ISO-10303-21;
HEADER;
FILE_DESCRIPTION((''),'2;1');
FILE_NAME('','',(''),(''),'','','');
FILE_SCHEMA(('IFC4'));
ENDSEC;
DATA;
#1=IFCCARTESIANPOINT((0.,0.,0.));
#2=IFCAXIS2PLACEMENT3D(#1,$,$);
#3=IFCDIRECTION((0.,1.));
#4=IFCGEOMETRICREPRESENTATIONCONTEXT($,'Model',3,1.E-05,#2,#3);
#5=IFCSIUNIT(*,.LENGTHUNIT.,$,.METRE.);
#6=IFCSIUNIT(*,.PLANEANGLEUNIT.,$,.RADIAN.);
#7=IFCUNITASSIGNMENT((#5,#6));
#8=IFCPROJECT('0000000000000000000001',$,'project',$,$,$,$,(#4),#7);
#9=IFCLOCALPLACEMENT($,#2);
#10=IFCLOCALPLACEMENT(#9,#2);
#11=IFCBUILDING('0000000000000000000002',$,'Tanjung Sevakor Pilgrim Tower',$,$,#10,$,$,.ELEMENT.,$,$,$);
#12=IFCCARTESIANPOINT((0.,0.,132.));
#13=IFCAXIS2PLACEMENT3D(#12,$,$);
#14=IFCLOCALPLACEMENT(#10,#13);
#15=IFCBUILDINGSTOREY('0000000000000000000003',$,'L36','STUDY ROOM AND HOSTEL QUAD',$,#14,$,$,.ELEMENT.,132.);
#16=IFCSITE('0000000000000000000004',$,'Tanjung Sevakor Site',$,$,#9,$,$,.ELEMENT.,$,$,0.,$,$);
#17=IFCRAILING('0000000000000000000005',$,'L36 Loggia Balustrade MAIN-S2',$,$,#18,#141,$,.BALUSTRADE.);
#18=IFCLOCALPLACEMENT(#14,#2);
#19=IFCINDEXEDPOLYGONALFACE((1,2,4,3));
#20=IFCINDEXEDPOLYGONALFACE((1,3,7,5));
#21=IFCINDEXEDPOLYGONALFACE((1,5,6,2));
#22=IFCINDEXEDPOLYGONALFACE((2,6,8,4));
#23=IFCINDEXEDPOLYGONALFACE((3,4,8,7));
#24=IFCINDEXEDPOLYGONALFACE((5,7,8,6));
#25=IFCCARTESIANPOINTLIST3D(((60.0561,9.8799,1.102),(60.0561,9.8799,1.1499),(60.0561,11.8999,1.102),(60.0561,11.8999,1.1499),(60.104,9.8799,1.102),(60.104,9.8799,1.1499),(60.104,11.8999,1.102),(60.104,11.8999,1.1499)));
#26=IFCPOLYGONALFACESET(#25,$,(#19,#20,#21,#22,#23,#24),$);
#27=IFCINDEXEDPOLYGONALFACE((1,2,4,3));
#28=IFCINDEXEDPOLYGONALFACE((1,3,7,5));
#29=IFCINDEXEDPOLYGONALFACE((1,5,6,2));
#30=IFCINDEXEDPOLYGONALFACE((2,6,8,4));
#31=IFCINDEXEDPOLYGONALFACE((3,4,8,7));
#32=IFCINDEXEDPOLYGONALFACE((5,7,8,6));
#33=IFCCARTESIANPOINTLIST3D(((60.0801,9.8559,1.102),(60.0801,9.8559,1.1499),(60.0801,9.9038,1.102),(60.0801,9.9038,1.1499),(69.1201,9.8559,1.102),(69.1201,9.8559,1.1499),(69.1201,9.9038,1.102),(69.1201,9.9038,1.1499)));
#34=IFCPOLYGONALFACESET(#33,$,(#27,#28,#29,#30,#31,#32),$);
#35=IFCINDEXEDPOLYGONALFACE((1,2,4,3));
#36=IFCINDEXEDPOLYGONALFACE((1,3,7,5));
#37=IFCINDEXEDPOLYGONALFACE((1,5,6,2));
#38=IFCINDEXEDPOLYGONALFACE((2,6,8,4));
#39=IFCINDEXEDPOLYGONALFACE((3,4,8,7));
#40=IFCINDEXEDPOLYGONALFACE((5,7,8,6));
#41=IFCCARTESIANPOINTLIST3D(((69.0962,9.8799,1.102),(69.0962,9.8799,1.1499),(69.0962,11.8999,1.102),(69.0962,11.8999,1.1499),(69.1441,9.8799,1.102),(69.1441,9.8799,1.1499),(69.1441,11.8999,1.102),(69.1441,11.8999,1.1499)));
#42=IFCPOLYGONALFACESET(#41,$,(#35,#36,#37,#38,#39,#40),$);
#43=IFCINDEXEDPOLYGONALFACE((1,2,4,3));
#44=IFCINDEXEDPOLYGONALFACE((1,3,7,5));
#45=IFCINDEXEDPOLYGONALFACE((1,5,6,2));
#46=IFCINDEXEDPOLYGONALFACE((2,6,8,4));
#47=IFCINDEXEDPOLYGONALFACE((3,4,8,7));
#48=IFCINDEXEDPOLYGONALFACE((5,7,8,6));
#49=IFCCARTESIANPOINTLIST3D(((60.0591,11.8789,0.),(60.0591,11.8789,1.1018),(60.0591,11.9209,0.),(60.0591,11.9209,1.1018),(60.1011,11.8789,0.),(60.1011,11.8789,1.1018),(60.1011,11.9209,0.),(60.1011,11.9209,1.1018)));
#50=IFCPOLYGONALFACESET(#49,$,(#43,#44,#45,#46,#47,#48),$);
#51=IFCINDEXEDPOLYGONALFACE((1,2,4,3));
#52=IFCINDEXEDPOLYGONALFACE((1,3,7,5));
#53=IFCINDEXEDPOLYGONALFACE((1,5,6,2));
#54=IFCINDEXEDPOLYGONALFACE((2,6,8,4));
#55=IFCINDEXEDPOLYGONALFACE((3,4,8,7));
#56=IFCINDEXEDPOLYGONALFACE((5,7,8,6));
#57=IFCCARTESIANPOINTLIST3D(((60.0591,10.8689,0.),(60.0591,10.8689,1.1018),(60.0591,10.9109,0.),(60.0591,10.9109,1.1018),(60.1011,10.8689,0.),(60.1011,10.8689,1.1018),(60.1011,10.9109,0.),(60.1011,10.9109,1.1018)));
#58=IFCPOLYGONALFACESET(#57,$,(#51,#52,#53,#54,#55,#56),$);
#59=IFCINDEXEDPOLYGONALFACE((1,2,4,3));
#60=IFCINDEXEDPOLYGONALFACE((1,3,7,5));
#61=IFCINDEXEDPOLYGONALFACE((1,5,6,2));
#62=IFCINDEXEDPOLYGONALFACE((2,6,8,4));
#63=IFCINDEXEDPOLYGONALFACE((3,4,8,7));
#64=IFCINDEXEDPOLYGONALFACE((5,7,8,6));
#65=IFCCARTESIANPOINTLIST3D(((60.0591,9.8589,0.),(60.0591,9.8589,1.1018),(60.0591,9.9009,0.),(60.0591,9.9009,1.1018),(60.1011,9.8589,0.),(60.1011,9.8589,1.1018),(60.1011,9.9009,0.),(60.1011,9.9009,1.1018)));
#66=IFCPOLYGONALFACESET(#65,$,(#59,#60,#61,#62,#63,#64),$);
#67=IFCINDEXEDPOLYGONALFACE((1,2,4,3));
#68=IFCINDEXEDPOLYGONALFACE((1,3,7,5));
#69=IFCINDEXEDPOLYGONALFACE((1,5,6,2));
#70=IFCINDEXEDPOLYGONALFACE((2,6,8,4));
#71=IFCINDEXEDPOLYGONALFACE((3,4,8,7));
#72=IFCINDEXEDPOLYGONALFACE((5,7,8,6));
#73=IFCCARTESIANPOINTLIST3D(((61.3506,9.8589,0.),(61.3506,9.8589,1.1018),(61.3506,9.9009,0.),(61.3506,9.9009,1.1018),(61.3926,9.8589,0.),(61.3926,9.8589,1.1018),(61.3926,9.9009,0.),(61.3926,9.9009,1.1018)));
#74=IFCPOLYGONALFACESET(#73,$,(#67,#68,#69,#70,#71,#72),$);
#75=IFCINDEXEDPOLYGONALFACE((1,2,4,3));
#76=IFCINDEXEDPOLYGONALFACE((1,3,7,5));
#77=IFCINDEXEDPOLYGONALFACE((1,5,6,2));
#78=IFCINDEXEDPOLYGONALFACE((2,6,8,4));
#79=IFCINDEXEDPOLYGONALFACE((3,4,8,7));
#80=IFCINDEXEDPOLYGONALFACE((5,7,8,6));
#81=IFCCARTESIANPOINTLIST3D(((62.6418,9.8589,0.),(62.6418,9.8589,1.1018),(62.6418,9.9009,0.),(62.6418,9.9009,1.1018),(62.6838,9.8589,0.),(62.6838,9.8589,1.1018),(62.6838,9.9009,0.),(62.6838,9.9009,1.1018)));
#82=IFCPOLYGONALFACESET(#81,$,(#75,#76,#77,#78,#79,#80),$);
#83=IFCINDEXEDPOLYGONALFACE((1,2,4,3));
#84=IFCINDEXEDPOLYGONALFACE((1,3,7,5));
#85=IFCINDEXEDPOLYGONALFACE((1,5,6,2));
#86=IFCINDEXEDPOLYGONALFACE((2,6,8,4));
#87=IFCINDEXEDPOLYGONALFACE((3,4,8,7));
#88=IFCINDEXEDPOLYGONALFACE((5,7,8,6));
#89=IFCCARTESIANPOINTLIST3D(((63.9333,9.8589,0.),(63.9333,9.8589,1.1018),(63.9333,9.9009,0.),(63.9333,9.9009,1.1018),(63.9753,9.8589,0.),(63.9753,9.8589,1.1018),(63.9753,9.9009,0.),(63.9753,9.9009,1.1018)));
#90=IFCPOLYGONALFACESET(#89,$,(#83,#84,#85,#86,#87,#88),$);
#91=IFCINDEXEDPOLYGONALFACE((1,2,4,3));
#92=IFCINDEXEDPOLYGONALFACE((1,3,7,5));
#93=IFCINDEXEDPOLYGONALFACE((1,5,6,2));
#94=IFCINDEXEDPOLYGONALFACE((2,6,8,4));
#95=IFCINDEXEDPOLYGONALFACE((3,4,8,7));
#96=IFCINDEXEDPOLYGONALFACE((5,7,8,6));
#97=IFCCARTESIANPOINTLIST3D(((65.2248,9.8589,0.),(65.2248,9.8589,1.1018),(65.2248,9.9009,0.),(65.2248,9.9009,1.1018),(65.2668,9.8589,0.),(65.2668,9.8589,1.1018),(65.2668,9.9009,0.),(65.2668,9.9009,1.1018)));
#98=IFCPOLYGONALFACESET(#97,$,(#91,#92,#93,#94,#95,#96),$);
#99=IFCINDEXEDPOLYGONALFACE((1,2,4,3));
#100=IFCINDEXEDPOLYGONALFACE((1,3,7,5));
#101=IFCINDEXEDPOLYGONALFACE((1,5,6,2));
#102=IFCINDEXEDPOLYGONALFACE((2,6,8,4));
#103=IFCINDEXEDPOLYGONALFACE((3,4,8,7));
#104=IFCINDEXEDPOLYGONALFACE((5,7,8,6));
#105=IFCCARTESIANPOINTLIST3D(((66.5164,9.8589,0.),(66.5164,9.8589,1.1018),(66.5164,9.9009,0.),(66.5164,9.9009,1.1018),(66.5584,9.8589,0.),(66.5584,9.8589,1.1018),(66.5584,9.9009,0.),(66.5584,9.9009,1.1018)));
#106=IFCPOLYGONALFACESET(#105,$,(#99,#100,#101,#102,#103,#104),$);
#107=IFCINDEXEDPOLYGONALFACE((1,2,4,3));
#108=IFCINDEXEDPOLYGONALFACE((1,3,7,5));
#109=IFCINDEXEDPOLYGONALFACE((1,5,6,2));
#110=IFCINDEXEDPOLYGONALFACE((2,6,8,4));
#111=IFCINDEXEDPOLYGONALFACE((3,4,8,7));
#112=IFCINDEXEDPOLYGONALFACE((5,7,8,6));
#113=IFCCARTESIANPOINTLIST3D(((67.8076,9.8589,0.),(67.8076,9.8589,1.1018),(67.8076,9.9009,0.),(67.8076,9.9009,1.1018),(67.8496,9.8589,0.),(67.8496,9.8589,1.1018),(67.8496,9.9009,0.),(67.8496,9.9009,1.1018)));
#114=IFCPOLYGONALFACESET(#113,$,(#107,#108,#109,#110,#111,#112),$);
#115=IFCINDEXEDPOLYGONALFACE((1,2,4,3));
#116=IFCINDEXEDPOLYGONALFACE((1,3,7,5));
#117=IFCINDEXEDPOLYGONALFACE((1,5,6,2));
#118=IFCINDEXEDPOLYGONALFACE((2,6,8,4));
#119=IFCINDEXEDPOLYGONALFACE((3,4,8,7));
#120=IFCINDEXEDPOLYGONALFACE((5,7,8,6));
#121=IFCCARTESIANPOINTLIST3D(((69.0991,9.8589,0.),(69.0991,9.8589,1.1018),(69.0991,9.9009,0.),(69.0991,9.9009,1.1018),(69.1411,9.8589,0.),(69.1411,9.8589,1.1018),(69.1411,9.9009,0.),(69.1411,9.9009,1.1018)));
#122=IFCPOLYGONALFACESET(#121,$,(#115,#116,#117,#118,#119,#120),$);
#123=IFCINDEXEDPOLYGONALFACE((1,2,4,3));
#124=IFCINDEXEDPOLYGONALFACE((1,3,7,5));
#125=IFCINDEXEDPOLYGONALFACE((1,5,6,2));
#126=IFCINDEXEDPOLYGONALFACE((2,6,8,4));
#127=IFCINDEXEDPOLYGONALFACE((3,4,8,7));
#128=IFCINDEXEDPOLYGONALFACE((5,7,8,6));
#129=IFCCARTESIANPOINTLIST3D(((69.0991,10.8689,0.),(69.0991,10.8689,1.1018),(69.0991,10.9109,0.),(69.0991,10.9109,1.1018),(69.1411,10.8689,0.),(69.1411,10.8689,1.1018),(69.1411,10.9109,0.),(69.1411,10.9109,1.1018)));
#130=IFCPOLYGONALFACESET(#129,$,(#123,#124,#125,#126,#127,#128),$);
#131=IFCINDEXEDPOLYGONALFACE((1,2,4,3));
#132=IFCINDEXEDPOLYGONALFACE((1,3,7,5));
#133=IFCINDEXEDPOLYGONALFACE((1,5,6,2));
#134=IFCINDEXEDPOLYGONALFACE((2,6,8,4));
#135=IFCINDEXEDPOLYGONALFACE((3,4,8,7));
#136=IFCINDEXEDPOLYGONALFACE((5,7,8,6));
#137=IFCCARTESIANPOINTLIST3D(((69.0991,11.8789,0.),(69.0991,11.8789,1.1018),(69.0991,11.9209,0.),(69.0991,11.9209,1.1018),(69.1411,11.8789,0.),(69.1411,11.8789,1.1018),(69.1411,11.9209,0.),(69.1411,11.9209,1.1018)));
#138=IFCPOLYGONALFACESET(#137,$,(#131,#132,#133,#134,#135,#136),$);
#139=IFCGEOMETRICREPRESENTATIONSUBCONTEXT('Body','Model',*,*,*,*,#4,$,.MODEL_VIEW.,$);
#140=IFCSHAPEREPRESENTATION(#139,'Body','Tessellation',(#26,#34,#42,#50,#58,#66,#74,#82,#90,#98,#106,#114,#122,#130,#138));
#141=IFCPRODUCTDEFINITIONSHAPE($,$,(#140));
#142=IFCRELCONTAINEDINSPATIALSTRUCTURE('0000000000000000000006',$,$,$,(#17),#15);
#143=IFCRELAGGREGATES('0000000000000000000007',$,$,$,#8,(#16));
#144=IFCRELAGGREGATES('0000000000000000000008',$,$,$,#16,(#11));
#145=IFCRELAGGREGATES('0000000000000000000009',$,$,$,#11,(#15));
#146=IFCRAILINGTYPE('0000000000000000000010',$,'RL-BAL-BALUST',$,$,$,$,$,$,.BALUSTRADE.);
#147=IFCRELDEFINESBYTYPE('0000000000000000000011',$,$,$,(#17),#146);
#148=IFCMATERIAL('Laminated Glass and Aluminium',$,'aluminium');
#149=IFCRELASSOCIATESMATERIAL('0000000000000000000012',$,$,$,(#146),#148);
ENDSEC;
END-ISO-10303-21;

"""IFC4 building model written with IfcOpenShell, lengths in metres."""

from ifc_helpers import new_model, si_unit, direction, frame, origin, place, context, subcontext, project, spatial, rectangle, extrude, material, type_object, element, save


model = new_model("IFC4")

# Units and contexts
model_context = context("Model", 3, precision=1e-05, world=origin(), true_north=direction((0.0, 1.0)))
body_context = subcontext(model_context, "Body", "Model", "MODEL_VIEW")
ifc_project = project(units=[si_unit("LENGTHUNIT", "METRE"), si_unit("PLANEANGLEUNIT", "RADIAN")], contexts=[model_context])

# Site, building, storey
site_placement = place(None, origin())
site = spatial("IfcSite", under=ifc_project, at=site_placement, Name="Tanjung Sevakor Site", CompositionType="ELEMENT", RefElevation=0.0)
building_placement = place(site_placement, origin())
building = spatial("IfcBuilding", under=site, at=building_placement, Name="Tanjung Sevakor Pilgrim Tower", CompositionType="ELEMENT")
storey_placement = place(building_placement, frame((0.0, 0.0, 132.0)))
storey = spatial("IfcBuildingStorey", under=building, at=storey_placement, Name="L36", Description="STUDY ROOM AND HOSTEL QUAD", CompositionType="ELEMENT", Elevation=132.0)

# Railing
ifc_material_1 = material(Name="Laminated Glass and Aluminium", Category="aluminium")
railing_type = type_object("IfcRailingType", Name="RL-BAL-BALUST", PredefinedType="BALUSTRADE", material=ifc_material_1)
railing_placement = place(storey_placement, frame((60.0801, 11.8999, 0.0)))
element("IfcRailing", 1, at=railing_placement, inside=storey, type_object=railing_type, Name="L36 Loggia Balustrade MAIN-S2", PredefinedType="BALUSTRADE", context=body_context, shape_type="SweptSolid", body=[
    extrude(rectangle(XDim=0.0479, YDim=0.0479), frame((0.0, 0.0, 1.126), z_axis=(0.0, -1.0, 0.0), x_axis=(1.0, 0.0, 0.0)), (0.0, 0.0, 1.0), 2.02),
    extrude(rectangle(XDim=0.0479, YDim=0.0479), frame((0.0, -2.02, 1.126), z_axis=(1.0, 0.0, 0.0), x_axis=(0.0, 1.0, 0.0)), (0.0, 0.0, 1.0), 9.04),
    extrude(rectangle(XDim=0.0479, YDim=0.0479), frame((9.04, -2.02, 1.126), z_axis=(0.0, 1.0, 0.0), x_axis=(-1.0, 0.0, 0.0)), (0.0, 0.0, 1.0), 2.02),
    extrude(rectangle(XDim=0.042, YDim=0.042), origin(), (0.0, 0.0, 1.0), 1.1018),
    extrude(rectangle(XDim=0.042, YDim=0.042), frame((0.0, -1.01, 0.0)), (0.0, 0.0, 1.0), 1.1018),
    extrude(rectangle(XDim=0.042, YDim=0.042), frame((0.0, -2.02, 0.0)), (0.0, 0.0, 1.0), 1.1018),
    extrude(rectangle(XDim=0.042, YDim=0.042), frame((1.2915, -2.02, 0.0)), (0.0, 0.0, 1.0), 1.1018),
    extrude(rectangle(XDim=0.042, YDim=0.042), frame((2.5828, -2.02, 0.0)), (0.0, 0.0, 1.0), 1.1018),
    extrude(rectangle(XDim=0.042, YDim=0.042), frame((3.8743, -2.02, 0.0)), (0.0, 0.0, 1.0), 1.1018),
    extrude(rectangle(XDim=0.042, YDim=0.042), frame((5.1658, -2.02, 0.0)), (0.0, 0.0, 1.0), 1.1018),
    extrude(rectangle(XDim=0.042, YDim=0.042), frame((6.4573, -2.02, 0.0)), (0.0, 0.0, 1.0), 1.1018),
    extrude(rectangle(XDim=0.042, YDim=0.042), frame((7.7485, -2.02, 0.0)), (0.0, 0.0, 1.0), 1.1018),
    extrude(rectangle(XDim=0.042, YDim=0.042), frame((9.04, -2.02, 0.0)), (0.0, 0.0, 1.0), 1.1018),
    extrude(rectangle(XDim=0.042, YDim=0.042), frame((9.04, -1.01, 0.0)), (0.0, 0.0, 1.0), 1.1018),
    extrude(rectangle(XDim=0.042, YDim=0.042), frame((9.04, 0.0, 0.0)), (0.0, 0.0, 1.0), 1.1018),
])

save(model, "model.ifc")
